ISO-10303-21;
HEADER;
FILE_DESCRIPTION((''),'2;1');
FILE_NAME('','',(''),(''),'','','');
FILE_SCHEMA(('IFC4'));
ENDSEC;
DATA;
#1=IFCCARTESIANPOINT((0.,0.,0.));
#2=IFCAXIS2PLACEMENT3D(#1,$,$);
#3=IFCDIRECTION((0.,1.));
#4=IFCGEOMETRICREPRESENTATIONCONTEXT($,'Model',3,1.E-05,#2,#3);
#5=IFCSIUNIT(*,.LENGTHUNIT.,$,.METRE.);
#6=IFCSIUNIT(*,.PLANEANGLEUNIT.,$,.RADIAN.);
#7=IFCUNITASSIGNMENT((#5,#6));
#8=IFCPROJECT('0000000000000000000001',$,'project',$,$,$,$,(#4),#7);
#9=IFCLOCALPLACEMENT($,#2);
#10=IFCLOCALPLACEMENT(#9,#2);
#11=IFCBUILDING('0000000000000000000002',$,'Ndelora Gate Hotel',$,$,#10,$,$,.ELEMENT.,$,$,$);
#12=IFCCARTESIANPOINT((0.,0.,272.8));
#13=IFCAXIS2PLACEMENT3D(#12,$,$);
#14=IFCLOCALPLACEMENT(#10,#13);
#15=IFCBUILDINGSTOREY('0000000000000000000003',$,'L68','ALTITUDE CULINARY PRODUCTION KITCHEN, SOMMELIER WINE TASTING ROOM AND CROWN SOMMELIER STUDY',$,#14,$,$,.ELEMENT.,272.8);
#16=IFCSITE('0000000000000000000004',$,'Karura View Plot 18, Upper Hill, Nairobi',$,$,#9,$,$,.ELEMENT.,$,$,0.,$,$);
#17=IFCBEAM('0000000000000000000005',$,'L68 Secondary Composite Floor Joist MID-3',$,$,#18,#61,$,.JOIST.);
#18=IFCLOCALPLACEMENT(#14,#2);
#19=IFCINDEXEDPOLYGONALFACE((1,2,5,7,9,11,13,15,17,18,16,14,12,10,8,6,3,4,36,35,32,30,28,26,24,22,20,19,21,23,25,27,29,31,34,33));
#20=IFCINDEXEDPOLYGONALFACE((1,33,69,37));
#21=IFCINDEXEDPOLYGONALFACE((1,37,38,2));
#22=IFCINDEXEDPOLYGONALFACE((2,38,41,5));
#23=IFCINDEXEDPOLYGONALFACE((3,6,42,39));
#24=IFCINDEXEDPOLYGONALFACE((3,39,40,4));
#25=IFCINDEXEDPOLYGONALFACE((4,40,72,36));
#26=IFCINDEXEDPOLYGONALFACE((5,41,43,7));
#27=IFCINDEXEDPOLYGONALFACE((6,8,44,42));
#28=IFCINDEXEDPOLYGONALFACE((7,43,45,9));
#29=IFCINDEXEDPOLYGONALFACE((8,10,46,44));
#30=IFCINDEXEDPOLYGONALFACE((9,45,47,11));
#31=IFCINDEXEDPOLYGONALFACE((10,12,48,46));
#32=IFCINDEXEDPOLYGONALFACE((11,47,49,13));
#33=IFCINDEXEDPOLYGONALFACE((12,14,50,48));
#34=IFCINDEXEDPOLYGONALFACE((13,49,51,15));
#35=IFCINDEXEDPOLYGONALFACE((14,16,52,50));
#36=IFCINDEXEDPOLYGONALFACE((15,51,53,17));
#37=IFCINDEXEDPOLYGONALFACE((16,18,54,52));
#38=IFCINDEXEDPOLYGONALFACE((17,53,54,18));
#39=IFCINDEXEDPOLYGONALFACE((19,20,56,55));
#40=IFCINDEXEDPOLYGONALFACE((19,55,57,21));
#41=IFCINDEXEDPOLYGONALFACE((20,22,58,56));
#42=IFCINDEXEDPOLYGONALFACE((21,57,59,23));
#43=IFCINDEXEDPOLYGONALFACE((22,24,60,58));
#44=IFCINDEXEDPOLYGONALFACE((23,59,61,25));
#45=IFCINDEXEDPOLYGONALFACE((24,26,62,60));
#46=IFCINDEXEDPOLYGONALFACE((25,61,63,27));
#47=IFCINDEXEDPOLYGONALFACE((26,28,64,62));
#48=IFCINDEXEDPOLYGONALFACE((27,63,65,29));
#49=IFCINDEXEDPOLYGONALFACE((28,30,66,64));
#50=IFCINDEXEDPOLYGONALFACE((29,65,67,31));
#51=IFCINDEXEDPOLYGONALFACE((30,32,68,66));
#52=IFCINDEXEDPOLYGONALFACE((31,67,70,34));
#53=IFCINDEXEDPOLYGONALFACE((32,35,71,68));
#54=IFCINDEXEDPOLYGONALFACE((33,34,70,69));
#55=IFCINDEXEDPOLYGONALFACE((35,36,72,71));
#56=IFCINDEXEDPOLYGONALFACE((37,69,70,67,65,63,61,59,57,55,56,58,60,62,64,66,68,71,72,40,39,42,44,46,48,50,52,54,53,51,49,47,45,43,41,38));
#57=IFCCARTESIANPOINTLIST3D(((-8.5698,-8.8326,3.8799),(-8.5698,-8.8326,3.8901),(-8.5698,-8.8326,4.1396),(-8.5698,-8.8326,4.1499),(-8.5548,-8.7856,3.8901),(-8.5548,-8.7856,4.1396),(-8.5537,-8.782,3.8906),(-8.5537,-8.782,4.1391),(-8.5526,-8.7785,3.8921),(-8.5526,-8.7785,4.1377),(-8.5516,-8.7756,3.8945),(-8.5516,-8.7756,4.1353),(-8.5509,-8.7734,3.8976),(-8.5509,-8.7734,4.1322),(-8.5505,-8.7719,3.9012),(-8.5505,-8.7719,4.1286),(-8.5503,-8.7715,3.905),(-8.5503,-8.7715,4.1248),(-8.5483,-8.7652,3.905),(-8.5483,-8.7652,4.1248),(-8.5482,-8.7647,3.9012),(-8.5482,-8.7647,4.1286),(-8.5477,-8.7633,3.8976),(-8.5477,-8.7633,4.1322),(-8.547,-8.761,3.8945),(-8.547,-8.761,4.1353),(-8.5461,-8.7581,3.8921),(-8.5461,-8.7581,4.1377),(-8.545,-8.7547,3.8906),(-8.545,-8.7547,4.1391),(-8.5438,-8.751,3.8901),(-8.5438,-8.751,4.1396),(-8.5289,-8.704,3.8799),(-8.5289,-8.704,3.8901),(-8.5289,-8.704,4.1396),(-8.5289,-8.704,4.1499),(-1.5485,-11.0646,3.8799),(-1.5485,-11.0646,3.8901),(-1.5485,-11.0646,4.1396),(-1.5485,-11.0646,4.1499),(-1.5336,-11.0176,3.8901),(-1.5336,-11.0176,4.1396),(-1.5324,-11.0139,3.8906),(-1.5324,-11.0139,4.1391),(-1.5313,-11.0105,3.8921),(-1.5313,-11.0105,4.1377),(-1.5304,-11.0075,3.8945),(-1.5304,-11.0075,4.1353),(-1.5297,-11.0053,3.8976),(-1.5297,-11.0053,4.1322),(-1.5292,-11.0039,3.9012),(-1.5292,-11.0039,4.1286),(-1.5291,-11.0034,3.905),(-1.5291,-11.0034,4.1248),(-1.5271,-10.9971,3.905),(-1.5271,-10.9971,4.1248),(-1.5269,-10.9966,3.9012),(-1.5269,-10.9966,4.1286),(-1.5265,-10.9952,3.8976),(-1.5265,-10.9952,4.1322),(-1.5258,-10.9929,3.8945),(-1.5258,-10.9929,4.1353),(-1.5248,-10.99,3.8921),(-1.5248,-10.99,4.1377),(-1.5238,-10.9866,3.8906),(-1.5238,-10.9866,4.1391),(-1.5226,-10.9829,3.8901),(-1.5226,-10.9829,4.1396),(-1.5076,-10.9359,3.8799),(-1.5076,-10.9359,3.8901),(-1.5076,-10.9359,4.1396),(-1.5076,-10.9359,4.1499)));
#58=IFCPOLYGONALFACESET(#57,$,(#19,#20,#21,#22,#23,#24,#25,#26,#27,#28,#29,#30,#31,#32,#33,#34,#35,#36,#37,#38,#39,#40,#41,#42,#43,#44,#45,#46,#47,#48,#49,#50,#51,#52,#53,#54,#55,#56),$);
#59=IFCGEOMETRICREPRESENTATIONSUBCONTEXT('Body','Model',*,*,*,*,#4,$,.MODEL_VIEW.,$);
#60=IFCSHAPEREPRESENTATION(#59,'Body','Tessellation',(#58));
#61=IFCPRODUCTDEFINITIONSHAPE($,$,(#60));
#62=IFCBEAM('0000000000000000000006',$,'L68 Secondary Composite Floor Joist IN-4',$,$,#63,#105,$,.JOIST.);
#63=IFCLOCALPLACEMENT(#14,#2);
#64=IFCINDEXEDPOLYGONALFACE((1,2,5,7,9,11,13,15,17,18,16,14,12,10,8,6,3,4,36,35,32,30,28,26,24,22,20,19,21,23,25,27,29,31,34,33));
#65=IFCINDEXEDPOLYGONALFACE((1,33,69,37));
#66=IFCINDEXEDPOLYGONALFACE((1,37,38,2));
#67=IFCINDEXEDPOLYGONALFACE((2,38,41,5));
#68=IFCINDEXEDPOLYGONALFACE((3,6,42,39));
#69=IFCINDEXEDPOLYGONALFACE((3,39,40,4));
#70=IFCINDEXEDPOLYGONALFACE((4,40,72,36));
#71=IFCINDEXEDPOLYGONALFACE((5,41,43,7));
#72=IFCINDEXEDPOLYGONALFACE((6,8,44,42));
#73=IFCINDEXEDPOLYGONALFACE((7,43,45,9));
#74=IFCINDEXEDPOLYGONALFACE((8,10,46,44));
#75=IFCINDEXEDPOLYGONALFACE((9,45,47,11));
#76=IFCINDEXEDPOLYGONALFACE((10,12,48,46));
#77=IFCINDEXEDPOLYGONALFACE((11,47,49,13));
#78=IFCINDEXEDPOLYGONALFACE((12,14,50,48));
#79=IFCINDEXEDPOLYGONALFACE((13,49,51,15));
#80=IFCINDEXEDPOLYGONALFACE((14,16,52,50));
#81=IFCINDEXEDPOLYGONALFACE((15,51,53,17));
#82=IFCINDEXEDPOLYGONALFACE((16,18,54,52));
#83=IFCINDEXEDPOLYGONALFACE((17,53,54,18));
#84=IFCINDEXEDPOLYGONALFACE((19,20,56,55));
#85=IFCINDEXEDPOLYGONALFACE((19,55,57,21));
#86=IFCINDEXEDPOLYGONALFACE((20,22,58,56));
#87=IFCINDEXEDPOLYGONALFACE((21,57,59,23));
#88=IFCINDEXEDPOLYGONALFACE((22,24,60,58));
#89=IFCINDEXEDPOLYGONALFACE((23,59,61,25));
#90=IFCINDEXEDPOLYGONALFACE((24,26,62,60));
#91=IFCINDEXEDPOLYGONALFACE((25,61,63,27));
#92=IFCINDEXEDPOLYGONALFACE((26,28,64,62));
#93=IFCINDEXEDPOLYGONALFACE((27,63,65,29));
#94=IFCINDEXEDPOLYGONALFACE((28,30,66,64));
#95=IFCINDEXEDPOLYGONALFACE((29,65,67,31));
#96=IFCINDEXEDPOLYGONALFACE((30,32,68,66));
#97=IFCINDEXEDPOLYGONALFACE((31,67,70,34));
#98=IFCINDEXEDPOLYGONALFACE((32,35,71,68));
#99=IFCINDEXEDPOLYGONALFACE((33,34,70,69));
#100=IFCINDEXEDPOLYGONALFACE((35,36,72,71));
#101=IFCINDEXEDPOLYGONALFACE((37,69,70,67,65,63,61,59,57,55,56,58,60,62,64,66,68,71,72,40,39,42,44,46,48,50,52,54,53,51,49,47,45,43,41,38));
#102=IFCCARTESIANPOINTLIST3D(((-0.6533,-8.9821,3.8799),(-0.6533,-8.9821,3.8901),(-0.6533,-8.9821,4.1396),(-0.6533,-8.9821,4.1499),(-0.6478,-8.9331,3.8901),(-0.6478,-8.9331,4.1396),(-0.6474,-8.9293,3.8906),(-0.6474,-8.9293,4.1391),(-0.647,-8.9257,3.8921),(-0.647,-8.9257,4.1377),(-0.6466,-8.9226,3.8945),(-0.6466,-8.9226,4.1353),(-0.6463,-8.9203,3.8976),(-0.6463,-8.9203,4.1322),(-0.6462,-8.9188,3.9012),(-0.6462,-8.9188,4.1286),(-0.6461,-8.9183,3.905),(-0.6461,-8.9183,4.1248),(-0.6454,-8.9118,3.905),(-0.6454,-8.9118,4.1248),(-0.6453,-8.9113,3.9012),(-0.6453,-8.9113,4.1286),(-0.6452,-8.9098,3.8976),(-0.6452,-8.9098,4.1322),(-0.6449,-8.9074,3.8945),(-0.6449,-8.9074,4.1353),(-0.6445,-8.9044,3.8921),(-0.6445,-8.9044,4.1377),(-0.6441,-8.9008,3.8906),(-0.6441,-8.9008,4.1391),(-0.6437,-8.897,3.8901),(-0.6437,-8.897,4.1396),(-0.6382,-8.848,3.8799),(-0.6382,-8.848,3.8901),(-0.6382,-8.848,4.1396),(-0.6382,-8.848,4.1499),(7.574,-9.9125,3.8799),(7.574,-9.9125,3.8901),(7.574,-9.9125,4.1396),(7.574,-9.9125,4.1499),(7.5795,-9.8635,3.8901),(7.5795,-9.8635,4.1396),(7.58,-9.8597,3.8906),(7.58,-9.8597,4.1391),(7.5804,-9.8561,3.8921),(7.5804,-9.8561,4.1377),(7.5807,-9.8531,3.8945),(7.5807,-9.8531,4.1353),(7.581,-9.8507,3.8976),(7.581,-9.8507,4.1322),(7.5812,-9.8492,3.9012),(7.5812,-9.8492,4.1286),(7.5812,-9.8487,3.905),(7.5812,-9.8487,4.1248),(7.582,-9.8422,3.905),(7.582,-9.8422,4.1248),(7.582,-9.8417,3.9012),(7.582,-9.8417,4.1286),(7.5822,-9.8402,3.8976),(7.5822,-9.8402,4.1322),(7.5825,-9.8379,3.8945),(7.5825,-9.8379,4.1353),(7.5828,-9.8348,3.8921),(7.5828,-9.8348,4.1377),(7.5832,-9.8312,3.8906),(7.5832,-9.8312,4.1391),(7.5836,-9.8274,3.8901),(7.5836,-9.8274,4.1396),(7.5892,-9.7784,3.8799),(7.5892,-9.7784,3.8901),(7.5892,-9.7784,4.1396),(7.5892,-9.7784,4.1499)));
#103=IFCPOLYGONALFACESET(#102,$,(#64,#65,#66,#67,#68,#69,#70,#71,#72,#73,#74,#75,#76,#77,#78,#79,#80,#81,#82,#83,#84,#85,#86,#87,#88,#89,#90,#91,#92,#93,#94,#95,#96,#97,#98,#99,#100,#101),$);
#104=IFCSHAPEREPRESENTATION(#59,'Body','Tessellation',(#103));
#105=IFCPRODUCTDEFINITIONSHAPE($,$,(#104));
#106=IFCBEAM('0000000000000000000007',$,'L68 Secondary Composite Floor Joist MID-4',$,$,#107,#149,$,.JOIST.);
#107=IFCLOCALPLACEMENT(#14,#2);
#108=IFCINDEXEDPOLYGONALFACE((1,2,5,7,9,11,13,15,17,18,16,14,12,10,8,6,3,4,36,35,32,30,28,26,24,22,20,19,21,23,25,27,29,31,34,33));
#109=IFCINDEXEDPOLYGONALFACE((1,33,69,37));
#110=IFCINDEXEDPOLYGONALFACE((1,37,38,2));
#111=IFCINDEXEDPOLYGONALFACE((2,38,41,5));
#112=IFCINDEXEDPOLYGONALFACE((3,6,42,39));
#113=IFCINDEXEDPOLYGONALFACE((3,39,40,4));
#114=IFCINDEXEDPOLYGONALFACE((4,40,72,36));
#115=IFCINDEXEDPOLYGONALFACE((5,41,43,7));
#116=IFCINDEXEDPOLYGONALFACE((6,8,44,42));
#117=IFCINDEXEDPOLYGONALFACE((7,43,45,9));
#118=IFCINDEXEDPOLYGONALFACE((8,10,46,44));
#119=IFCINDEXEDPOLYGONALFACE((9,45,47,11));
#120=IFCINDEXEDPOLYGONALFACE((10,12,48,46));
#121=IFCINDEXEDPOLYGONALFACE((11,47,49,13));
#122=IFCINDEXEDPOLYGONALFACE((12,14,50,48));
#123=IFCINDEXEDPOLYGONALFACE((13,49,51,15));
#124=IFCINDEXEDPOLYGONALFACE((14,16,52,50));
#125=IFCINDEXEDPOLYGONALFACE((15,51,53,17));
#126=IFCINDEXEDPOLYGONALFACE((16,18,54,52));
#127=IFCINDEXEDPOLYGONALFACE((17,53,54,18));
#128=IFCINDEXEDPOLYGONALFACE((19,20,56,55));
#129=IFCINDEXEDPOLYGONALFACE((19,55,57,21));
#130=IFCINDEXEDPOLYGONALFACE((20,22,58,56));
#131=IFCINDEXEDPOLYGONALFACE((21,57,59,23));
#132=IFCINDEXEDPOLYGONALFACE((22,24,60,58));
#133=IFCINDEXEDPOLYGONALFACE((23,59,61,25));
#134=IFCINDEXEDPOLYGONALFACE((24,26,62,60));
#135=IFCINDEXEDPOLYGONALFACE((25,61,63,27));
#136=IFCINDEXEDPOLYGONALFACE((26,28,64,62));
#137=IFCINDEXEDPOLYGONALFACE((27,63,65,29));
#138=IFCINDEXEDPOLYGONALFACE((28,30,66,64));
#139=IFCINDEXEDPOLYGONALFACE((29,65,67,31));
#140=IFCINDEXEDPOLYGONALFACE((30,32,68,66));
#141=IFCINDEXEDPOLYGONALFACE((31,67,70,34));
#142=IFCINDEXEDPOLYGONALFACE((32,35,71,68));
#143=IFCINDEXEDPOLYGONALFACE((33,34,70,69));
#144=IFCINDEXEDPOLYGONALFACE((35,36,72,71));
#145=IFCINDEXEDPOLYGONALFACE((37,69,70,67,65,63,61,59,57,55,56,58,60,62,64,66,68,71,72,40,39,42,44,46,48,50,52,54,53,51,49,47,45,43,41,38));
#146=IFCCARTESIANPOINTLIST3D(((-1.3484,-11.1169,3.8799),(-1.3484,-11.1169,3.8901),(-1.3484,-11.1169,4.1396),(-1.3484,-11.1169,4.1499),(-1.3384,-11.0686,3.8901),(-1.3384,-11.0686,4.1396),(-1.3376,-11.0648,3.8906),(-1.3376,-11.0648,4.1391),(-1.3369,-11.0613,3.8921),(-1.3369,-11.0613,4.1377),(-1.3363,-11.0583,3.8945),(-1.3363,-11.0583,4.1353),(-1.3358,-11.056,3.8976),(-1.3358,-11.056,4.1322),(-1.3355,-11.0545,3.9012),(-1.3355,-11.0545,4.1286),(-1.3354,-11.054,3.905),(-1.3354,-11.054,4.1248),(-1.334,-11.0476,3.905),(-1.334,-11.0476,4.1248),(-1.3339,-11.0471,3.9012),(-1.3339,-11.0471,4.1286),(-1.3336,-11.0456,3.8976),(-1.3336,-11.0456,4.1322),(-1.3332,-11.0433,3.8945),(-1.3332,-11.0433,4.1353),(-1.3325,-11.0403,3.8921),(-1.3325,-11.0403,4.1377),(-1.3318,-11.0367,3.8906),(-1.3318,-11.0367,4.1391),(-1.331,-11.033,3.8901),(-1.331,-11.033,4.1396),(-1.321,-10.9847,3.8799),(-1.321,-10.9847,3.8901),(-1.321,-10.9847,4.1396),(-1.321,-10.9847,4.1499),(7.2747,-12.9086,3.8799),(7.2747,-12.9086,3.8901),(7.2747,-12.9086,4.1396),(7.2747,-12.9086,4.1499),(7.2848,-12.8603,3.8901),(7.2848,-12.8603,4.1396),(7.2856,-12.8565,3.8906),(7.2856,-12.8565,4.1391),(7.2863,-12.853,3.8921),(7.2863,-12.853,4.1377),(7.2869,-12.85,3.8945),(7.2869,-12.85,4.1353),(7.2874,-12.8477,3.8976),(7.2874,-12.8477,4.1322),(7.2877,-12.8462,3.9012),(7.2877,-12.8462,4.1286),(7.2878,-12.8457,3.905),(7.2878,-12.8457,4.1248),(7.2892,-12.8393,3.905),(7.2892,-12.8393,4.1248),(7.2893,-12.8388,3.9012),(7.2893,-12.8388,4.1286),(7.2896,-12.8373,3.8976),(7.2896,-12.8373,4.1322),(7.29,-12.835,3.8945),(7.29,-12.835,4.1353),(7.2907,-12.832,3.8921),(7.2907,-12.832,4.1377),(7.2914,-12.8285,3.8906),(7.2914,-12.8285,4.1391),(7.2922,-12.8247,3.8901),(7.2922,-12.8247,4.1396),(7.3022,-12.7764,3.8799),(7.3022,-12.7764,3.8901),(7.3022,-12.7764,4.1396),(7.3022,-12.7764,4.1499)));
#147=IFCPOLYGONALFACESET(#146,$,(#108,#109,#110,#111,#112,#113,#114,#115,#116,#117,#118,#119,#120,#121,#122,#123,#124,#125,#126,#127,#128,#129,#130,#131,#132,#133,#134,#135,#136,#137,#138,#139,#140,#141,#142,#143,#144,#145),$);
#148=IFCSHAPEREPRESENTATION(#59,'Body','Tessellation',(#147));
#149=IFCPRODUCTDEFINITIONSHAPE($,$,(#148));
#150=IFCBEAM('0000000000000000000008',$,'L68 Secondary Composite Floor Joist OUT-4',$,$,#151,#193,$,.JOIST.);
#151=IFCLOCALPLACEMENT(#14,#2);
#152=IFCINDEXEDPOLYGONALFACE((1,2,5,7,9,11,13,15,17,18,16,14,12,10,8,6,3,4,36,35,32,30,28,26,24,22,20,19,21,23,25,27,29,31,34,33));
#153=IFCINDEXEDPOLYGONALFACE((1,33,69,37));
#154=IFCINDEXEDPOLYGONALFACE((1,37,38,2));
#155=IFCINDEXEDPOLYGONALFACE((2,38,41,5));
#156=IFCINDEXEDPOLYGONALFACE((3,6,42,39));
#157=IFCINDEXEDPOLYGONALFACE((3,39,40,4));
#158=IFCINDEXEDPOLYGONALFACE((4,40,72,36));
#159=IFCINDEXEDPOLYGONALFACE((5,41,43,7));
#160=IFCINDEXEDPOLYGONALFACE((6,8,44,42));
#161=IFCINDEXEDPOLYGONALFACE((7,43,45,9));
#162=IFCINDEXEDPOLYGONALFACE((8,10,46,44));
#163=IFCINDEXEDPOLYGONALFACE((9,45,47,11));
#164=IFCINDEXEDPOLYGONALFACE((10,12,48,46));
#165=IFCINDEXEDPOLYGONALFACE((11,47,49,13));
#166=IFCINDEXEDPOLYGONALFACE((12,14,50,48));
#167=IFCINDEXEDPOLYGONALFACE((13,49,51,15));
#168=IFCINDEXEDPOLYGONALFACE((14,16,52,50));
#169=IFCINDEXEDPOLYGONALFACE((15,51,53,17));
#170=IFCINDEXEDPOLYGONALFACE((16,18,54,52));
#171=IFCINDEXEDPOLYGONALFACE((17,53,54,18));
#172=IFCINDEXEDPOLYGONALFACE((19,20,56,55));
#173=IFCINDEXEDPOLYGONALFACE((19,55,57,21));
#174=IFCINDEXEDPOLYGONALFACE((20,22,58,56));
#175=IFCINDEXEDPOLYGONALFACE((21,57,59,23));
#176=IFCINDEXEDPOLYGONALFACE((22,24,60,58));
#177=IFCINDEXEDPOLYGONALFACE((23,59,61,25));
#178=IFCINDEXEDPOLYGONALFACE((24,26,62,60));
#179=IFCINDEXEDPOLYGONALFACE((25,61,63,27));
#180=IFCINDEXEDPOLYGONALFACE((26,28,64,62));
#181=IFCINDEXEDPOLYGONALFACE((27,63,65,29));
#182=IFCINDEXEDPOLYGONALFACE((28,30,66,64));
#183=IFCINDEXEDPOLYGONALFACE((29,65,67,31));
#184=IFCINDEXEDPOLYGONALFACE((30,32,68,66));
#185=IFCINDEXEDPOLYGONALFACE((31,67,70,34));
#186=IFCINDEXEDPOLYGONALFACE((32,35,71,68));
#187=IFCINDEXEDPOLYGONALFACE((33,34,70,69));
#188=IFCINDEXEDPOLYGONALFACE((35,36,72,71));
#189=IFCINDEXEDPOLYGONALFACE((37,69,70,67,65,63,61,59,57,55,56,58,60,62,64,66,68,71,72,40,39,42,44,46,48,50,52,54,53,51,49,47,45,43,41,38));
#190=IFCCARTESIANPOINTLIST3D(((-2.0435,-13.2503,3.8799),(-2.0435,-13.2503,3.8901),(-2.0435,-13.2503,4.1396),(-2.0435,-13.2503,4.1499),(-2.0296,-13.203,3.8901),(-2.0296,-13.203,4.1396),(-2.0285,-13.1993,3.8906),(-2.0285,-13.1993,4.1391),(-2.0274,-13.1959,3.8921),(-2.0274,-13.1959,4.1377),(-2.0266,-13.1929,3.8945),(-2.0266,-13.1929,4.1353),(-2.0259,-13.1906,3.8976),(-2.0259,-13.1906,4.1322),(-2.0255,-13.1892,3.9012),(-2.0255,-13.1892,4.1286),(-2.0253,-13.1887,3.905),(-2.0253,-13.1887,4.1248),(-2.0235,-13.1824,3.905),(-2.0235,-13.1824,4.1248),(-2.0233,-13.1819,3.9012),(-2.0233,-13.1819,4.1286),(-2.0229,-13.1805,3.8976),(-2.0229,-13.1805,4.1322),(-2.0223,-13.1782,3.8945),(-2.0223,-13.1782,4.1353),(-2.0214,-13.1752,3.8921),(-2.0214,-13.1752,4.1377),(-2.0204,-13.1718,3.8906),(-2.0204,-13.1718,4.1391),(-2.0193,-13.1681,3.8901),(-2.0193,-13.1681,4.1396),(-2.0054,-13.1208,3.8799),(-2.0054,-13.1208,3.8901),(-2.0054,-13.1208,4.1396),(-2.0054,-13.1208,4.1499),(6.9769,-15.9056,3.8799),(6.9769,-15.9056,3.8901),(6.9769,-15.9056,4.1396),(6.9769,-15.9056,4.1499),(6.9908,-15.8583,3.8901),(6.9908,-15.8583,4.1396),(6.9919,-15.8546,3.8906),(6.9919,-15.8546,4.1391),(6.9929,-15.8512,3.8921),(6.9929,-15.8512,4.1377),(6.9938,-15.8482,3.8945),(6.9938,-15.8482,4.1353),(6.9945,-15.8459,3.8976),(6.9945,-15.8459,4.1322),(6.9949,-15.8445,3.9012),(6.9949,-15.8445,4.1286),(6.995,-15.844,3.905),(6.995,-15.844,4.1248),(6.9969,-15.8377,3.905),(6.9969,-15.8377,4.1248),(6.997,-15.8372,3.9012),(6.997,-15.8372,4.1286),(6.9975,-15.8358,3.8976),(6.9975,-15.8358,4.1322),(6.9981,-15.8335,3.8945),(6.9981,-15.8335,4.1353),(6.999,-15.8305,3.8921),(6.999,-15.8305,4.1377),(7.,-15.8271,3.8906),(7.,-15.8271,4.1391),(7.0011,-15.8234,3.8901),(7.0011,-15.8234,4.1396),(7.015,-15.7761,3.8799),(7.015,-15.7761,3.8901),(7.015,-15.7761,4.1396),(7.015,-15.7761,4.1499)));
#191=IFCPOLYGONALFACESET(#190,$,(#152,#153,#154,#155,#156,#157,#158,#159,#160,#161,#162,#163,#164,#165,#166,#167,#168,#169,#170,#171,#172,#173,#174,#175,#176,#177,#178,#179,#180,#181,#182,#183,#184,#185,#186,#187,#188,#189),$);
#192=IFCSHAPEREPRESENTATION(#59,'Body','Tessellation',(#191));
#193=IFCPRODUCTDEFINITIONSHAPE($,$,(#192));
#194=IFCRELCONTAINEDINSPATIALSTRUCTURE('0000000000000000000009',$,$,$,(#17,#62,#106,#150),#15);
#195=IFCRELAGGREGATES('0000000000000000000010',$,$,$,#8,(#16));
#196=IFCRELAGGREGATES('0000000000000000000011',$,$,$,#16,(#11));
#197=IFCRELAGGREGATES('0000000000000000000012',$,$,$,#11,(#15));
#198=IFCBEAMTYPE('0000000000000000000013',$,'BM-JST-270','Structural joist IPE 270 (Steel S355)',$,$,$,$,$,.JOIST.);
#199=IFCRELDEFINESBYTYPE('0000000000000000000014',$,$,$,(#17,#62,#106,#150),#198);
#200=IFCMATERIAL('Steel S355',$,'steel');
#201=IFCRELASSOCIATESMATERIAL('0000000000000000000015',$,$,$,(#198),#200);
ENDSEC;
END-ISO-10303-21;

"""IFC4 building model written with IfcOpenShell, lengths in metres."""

from ifc_helpers import new_model, si_unit, direction, frame, origin, origin_2d, place, context, subcontext, project, spatial, i_section, extrude, material, material_profile, profile_set, type_object, element, save


model = new_model("IFC4")

# Units and contexts
model_context = context("Model", 3, precision=1e-05, world=origin(), true_north=direction((0.0, 1.0)))
body_context = subcontext(model_context, "Body", "Model", "MODEL_VIEW")
ifc_project = project(units=[si_unit("LENGTHUNIT", "METRE"), si_unit("PLANEANGLEUNIT", "RADIAN")], contexts=[model_context])

# Site, building, storey
site_placement = place(None, origin())
site = spatial("IfcSite", under=ifc_project, at=site_placement, Name="Karura View Plot 18, Upper Hill, Nairobi", CompositionType="ELEMENT", RefElevation=0.0)
building_placement = place(site_placement, origin())
building = spatial("IfcBuilding", under=site, at=building_placement, Name="Ndelora Gate Hotel", CompositionType="ELEMENT")
storey_placement = place(building_placement, frame((0.0, 0.0, 272.8)))
storey = spatial("IfcBuildingStorey", under=building, at=storey_placement, Name="L68", Description="ALTITUDE CULINARY PRODUCTION KITCHEN, SOMMELIER WINE TASTING ROOM AND CROWN SOMMELIER STUDY", CompositionType="ELEMENT", Elevation=272.8)

# Beams
ifc_material_1 = material(Name="Steel S355", Category="steel")
ifc_material_profile_1 = material_profile(ifc_material_1, i_section(OverallWidth=0.135, OverallDepth=0.27, WebThickness=0.0066, FlangeThickness=0.0103, FilletRadius=0.0149, at=origin_2d()), Name="IPE 270")
ifc_profile_set_1 = profile_set([ifc_material_profile_1], Name="Steel S355")
beam_type_1 = type_object("IfcBeamType", Name="BM-JST-270", Description="Structural joist IPE 270 (Steel S355)", PredefinedType="JOIST", material=ifc_profile_set_1)
beam_1_placement = place(storey_placement, frame((-8.5493, -8.7683, 4.0149), z_axis=(0.953008, -0.302945, 0.0), x_axis=(0.302945, 0.953008, 0.0)))
element("IfcBeam", 1, at=beam_1_placement, inside=storey, type_object=beam_type_1, Name="L68 Secondary Composite Floor Joist MID-3", PredefinedType="JOIST", context=body_context, shape_type="SweptSolid", body=[
    extrude(i_section(OverallWidth=0.135, OverallDepth=0.27, WebThickness=0.0066, FlangeThickness=0.0103, FilletRadius=0.0149, at=origin_2d()), origin(), (0.0, 0.0, 1.0), 7.3674),
])
beam_2_placement = place(storey_placement, frame((-0.6458, -8.915, 4.0149), z_axis=(0.993666, -0.112373, 0.0), x_axis=(0.112373, 0.993666, 0.0)))
element("IfcBeam", 2, at=beam_2_placement, inside=storey, type_object=beam_type_1, Name="L68 Secondary Composite Floor Joist IN-4", PredefinedType="JOIST", context=body_context, shape_type="SweptSolid", body=[
    extrude(i_section(OverallWidth=0.135, OverallDepth=0.27, WebThickness=0.0066, FlangeThickness=0.0103, FilletRadius=0.0149, at=origin_2d()), origin(), (0.0, 0.0, 1.0), 8.2798),
])
beam_3_placement = place(storey_placement, frame((-1.3347, -11.0508, 4.0149), z_axis=(0.979088, -0.203435, 0.0), x_axis=(0.203435, 0.979088, 0.0)))
element("IfcBeam", 3, at=beam_3_placement, inside=storey, type_object=beam_type_1, Name="L68 Secondary Composite Floor Joist MID-4", PredefinedType="JOIST", context=body_context, shape_type="SweptSolid", body=[
    extrude(i_section(OverallWidth=0.135, OverallDepth=0.27, WebThickness=0.0066, FlangeThickness=0.0103, FilletRadius=0.0149, at=origin_2d()), origin(), (0.0, 0.0, 1.0), 8.8074),
])
beam_4_placement = place(storey_placement, frame((-2.0244, -13.1855, 4.0149), z_axis=(0.959301, -0.282387, 0.0), x_axis=(0.282387, 0.959301, 0.0)))
element("IfcBeam", 4, at=beam_4_placement, inside=storey, type_object=beam_type_1, Name="L68 Secondary Composite Floor Joist OUT-4", PredefinedType="JOIST", context=body_context, shape_type="SweptSolid", body=[
    extrude(i_section(OverallWidth=0.135, OverallDepth=0.27, WebThickness=0.0066, FlangeThickness=0.0103, FilletRadius=0.0149, at=origin_2d()), origin(), (0.0, 0.0, 1.0), 9.4031),
])

save(model, "model.ifc")
